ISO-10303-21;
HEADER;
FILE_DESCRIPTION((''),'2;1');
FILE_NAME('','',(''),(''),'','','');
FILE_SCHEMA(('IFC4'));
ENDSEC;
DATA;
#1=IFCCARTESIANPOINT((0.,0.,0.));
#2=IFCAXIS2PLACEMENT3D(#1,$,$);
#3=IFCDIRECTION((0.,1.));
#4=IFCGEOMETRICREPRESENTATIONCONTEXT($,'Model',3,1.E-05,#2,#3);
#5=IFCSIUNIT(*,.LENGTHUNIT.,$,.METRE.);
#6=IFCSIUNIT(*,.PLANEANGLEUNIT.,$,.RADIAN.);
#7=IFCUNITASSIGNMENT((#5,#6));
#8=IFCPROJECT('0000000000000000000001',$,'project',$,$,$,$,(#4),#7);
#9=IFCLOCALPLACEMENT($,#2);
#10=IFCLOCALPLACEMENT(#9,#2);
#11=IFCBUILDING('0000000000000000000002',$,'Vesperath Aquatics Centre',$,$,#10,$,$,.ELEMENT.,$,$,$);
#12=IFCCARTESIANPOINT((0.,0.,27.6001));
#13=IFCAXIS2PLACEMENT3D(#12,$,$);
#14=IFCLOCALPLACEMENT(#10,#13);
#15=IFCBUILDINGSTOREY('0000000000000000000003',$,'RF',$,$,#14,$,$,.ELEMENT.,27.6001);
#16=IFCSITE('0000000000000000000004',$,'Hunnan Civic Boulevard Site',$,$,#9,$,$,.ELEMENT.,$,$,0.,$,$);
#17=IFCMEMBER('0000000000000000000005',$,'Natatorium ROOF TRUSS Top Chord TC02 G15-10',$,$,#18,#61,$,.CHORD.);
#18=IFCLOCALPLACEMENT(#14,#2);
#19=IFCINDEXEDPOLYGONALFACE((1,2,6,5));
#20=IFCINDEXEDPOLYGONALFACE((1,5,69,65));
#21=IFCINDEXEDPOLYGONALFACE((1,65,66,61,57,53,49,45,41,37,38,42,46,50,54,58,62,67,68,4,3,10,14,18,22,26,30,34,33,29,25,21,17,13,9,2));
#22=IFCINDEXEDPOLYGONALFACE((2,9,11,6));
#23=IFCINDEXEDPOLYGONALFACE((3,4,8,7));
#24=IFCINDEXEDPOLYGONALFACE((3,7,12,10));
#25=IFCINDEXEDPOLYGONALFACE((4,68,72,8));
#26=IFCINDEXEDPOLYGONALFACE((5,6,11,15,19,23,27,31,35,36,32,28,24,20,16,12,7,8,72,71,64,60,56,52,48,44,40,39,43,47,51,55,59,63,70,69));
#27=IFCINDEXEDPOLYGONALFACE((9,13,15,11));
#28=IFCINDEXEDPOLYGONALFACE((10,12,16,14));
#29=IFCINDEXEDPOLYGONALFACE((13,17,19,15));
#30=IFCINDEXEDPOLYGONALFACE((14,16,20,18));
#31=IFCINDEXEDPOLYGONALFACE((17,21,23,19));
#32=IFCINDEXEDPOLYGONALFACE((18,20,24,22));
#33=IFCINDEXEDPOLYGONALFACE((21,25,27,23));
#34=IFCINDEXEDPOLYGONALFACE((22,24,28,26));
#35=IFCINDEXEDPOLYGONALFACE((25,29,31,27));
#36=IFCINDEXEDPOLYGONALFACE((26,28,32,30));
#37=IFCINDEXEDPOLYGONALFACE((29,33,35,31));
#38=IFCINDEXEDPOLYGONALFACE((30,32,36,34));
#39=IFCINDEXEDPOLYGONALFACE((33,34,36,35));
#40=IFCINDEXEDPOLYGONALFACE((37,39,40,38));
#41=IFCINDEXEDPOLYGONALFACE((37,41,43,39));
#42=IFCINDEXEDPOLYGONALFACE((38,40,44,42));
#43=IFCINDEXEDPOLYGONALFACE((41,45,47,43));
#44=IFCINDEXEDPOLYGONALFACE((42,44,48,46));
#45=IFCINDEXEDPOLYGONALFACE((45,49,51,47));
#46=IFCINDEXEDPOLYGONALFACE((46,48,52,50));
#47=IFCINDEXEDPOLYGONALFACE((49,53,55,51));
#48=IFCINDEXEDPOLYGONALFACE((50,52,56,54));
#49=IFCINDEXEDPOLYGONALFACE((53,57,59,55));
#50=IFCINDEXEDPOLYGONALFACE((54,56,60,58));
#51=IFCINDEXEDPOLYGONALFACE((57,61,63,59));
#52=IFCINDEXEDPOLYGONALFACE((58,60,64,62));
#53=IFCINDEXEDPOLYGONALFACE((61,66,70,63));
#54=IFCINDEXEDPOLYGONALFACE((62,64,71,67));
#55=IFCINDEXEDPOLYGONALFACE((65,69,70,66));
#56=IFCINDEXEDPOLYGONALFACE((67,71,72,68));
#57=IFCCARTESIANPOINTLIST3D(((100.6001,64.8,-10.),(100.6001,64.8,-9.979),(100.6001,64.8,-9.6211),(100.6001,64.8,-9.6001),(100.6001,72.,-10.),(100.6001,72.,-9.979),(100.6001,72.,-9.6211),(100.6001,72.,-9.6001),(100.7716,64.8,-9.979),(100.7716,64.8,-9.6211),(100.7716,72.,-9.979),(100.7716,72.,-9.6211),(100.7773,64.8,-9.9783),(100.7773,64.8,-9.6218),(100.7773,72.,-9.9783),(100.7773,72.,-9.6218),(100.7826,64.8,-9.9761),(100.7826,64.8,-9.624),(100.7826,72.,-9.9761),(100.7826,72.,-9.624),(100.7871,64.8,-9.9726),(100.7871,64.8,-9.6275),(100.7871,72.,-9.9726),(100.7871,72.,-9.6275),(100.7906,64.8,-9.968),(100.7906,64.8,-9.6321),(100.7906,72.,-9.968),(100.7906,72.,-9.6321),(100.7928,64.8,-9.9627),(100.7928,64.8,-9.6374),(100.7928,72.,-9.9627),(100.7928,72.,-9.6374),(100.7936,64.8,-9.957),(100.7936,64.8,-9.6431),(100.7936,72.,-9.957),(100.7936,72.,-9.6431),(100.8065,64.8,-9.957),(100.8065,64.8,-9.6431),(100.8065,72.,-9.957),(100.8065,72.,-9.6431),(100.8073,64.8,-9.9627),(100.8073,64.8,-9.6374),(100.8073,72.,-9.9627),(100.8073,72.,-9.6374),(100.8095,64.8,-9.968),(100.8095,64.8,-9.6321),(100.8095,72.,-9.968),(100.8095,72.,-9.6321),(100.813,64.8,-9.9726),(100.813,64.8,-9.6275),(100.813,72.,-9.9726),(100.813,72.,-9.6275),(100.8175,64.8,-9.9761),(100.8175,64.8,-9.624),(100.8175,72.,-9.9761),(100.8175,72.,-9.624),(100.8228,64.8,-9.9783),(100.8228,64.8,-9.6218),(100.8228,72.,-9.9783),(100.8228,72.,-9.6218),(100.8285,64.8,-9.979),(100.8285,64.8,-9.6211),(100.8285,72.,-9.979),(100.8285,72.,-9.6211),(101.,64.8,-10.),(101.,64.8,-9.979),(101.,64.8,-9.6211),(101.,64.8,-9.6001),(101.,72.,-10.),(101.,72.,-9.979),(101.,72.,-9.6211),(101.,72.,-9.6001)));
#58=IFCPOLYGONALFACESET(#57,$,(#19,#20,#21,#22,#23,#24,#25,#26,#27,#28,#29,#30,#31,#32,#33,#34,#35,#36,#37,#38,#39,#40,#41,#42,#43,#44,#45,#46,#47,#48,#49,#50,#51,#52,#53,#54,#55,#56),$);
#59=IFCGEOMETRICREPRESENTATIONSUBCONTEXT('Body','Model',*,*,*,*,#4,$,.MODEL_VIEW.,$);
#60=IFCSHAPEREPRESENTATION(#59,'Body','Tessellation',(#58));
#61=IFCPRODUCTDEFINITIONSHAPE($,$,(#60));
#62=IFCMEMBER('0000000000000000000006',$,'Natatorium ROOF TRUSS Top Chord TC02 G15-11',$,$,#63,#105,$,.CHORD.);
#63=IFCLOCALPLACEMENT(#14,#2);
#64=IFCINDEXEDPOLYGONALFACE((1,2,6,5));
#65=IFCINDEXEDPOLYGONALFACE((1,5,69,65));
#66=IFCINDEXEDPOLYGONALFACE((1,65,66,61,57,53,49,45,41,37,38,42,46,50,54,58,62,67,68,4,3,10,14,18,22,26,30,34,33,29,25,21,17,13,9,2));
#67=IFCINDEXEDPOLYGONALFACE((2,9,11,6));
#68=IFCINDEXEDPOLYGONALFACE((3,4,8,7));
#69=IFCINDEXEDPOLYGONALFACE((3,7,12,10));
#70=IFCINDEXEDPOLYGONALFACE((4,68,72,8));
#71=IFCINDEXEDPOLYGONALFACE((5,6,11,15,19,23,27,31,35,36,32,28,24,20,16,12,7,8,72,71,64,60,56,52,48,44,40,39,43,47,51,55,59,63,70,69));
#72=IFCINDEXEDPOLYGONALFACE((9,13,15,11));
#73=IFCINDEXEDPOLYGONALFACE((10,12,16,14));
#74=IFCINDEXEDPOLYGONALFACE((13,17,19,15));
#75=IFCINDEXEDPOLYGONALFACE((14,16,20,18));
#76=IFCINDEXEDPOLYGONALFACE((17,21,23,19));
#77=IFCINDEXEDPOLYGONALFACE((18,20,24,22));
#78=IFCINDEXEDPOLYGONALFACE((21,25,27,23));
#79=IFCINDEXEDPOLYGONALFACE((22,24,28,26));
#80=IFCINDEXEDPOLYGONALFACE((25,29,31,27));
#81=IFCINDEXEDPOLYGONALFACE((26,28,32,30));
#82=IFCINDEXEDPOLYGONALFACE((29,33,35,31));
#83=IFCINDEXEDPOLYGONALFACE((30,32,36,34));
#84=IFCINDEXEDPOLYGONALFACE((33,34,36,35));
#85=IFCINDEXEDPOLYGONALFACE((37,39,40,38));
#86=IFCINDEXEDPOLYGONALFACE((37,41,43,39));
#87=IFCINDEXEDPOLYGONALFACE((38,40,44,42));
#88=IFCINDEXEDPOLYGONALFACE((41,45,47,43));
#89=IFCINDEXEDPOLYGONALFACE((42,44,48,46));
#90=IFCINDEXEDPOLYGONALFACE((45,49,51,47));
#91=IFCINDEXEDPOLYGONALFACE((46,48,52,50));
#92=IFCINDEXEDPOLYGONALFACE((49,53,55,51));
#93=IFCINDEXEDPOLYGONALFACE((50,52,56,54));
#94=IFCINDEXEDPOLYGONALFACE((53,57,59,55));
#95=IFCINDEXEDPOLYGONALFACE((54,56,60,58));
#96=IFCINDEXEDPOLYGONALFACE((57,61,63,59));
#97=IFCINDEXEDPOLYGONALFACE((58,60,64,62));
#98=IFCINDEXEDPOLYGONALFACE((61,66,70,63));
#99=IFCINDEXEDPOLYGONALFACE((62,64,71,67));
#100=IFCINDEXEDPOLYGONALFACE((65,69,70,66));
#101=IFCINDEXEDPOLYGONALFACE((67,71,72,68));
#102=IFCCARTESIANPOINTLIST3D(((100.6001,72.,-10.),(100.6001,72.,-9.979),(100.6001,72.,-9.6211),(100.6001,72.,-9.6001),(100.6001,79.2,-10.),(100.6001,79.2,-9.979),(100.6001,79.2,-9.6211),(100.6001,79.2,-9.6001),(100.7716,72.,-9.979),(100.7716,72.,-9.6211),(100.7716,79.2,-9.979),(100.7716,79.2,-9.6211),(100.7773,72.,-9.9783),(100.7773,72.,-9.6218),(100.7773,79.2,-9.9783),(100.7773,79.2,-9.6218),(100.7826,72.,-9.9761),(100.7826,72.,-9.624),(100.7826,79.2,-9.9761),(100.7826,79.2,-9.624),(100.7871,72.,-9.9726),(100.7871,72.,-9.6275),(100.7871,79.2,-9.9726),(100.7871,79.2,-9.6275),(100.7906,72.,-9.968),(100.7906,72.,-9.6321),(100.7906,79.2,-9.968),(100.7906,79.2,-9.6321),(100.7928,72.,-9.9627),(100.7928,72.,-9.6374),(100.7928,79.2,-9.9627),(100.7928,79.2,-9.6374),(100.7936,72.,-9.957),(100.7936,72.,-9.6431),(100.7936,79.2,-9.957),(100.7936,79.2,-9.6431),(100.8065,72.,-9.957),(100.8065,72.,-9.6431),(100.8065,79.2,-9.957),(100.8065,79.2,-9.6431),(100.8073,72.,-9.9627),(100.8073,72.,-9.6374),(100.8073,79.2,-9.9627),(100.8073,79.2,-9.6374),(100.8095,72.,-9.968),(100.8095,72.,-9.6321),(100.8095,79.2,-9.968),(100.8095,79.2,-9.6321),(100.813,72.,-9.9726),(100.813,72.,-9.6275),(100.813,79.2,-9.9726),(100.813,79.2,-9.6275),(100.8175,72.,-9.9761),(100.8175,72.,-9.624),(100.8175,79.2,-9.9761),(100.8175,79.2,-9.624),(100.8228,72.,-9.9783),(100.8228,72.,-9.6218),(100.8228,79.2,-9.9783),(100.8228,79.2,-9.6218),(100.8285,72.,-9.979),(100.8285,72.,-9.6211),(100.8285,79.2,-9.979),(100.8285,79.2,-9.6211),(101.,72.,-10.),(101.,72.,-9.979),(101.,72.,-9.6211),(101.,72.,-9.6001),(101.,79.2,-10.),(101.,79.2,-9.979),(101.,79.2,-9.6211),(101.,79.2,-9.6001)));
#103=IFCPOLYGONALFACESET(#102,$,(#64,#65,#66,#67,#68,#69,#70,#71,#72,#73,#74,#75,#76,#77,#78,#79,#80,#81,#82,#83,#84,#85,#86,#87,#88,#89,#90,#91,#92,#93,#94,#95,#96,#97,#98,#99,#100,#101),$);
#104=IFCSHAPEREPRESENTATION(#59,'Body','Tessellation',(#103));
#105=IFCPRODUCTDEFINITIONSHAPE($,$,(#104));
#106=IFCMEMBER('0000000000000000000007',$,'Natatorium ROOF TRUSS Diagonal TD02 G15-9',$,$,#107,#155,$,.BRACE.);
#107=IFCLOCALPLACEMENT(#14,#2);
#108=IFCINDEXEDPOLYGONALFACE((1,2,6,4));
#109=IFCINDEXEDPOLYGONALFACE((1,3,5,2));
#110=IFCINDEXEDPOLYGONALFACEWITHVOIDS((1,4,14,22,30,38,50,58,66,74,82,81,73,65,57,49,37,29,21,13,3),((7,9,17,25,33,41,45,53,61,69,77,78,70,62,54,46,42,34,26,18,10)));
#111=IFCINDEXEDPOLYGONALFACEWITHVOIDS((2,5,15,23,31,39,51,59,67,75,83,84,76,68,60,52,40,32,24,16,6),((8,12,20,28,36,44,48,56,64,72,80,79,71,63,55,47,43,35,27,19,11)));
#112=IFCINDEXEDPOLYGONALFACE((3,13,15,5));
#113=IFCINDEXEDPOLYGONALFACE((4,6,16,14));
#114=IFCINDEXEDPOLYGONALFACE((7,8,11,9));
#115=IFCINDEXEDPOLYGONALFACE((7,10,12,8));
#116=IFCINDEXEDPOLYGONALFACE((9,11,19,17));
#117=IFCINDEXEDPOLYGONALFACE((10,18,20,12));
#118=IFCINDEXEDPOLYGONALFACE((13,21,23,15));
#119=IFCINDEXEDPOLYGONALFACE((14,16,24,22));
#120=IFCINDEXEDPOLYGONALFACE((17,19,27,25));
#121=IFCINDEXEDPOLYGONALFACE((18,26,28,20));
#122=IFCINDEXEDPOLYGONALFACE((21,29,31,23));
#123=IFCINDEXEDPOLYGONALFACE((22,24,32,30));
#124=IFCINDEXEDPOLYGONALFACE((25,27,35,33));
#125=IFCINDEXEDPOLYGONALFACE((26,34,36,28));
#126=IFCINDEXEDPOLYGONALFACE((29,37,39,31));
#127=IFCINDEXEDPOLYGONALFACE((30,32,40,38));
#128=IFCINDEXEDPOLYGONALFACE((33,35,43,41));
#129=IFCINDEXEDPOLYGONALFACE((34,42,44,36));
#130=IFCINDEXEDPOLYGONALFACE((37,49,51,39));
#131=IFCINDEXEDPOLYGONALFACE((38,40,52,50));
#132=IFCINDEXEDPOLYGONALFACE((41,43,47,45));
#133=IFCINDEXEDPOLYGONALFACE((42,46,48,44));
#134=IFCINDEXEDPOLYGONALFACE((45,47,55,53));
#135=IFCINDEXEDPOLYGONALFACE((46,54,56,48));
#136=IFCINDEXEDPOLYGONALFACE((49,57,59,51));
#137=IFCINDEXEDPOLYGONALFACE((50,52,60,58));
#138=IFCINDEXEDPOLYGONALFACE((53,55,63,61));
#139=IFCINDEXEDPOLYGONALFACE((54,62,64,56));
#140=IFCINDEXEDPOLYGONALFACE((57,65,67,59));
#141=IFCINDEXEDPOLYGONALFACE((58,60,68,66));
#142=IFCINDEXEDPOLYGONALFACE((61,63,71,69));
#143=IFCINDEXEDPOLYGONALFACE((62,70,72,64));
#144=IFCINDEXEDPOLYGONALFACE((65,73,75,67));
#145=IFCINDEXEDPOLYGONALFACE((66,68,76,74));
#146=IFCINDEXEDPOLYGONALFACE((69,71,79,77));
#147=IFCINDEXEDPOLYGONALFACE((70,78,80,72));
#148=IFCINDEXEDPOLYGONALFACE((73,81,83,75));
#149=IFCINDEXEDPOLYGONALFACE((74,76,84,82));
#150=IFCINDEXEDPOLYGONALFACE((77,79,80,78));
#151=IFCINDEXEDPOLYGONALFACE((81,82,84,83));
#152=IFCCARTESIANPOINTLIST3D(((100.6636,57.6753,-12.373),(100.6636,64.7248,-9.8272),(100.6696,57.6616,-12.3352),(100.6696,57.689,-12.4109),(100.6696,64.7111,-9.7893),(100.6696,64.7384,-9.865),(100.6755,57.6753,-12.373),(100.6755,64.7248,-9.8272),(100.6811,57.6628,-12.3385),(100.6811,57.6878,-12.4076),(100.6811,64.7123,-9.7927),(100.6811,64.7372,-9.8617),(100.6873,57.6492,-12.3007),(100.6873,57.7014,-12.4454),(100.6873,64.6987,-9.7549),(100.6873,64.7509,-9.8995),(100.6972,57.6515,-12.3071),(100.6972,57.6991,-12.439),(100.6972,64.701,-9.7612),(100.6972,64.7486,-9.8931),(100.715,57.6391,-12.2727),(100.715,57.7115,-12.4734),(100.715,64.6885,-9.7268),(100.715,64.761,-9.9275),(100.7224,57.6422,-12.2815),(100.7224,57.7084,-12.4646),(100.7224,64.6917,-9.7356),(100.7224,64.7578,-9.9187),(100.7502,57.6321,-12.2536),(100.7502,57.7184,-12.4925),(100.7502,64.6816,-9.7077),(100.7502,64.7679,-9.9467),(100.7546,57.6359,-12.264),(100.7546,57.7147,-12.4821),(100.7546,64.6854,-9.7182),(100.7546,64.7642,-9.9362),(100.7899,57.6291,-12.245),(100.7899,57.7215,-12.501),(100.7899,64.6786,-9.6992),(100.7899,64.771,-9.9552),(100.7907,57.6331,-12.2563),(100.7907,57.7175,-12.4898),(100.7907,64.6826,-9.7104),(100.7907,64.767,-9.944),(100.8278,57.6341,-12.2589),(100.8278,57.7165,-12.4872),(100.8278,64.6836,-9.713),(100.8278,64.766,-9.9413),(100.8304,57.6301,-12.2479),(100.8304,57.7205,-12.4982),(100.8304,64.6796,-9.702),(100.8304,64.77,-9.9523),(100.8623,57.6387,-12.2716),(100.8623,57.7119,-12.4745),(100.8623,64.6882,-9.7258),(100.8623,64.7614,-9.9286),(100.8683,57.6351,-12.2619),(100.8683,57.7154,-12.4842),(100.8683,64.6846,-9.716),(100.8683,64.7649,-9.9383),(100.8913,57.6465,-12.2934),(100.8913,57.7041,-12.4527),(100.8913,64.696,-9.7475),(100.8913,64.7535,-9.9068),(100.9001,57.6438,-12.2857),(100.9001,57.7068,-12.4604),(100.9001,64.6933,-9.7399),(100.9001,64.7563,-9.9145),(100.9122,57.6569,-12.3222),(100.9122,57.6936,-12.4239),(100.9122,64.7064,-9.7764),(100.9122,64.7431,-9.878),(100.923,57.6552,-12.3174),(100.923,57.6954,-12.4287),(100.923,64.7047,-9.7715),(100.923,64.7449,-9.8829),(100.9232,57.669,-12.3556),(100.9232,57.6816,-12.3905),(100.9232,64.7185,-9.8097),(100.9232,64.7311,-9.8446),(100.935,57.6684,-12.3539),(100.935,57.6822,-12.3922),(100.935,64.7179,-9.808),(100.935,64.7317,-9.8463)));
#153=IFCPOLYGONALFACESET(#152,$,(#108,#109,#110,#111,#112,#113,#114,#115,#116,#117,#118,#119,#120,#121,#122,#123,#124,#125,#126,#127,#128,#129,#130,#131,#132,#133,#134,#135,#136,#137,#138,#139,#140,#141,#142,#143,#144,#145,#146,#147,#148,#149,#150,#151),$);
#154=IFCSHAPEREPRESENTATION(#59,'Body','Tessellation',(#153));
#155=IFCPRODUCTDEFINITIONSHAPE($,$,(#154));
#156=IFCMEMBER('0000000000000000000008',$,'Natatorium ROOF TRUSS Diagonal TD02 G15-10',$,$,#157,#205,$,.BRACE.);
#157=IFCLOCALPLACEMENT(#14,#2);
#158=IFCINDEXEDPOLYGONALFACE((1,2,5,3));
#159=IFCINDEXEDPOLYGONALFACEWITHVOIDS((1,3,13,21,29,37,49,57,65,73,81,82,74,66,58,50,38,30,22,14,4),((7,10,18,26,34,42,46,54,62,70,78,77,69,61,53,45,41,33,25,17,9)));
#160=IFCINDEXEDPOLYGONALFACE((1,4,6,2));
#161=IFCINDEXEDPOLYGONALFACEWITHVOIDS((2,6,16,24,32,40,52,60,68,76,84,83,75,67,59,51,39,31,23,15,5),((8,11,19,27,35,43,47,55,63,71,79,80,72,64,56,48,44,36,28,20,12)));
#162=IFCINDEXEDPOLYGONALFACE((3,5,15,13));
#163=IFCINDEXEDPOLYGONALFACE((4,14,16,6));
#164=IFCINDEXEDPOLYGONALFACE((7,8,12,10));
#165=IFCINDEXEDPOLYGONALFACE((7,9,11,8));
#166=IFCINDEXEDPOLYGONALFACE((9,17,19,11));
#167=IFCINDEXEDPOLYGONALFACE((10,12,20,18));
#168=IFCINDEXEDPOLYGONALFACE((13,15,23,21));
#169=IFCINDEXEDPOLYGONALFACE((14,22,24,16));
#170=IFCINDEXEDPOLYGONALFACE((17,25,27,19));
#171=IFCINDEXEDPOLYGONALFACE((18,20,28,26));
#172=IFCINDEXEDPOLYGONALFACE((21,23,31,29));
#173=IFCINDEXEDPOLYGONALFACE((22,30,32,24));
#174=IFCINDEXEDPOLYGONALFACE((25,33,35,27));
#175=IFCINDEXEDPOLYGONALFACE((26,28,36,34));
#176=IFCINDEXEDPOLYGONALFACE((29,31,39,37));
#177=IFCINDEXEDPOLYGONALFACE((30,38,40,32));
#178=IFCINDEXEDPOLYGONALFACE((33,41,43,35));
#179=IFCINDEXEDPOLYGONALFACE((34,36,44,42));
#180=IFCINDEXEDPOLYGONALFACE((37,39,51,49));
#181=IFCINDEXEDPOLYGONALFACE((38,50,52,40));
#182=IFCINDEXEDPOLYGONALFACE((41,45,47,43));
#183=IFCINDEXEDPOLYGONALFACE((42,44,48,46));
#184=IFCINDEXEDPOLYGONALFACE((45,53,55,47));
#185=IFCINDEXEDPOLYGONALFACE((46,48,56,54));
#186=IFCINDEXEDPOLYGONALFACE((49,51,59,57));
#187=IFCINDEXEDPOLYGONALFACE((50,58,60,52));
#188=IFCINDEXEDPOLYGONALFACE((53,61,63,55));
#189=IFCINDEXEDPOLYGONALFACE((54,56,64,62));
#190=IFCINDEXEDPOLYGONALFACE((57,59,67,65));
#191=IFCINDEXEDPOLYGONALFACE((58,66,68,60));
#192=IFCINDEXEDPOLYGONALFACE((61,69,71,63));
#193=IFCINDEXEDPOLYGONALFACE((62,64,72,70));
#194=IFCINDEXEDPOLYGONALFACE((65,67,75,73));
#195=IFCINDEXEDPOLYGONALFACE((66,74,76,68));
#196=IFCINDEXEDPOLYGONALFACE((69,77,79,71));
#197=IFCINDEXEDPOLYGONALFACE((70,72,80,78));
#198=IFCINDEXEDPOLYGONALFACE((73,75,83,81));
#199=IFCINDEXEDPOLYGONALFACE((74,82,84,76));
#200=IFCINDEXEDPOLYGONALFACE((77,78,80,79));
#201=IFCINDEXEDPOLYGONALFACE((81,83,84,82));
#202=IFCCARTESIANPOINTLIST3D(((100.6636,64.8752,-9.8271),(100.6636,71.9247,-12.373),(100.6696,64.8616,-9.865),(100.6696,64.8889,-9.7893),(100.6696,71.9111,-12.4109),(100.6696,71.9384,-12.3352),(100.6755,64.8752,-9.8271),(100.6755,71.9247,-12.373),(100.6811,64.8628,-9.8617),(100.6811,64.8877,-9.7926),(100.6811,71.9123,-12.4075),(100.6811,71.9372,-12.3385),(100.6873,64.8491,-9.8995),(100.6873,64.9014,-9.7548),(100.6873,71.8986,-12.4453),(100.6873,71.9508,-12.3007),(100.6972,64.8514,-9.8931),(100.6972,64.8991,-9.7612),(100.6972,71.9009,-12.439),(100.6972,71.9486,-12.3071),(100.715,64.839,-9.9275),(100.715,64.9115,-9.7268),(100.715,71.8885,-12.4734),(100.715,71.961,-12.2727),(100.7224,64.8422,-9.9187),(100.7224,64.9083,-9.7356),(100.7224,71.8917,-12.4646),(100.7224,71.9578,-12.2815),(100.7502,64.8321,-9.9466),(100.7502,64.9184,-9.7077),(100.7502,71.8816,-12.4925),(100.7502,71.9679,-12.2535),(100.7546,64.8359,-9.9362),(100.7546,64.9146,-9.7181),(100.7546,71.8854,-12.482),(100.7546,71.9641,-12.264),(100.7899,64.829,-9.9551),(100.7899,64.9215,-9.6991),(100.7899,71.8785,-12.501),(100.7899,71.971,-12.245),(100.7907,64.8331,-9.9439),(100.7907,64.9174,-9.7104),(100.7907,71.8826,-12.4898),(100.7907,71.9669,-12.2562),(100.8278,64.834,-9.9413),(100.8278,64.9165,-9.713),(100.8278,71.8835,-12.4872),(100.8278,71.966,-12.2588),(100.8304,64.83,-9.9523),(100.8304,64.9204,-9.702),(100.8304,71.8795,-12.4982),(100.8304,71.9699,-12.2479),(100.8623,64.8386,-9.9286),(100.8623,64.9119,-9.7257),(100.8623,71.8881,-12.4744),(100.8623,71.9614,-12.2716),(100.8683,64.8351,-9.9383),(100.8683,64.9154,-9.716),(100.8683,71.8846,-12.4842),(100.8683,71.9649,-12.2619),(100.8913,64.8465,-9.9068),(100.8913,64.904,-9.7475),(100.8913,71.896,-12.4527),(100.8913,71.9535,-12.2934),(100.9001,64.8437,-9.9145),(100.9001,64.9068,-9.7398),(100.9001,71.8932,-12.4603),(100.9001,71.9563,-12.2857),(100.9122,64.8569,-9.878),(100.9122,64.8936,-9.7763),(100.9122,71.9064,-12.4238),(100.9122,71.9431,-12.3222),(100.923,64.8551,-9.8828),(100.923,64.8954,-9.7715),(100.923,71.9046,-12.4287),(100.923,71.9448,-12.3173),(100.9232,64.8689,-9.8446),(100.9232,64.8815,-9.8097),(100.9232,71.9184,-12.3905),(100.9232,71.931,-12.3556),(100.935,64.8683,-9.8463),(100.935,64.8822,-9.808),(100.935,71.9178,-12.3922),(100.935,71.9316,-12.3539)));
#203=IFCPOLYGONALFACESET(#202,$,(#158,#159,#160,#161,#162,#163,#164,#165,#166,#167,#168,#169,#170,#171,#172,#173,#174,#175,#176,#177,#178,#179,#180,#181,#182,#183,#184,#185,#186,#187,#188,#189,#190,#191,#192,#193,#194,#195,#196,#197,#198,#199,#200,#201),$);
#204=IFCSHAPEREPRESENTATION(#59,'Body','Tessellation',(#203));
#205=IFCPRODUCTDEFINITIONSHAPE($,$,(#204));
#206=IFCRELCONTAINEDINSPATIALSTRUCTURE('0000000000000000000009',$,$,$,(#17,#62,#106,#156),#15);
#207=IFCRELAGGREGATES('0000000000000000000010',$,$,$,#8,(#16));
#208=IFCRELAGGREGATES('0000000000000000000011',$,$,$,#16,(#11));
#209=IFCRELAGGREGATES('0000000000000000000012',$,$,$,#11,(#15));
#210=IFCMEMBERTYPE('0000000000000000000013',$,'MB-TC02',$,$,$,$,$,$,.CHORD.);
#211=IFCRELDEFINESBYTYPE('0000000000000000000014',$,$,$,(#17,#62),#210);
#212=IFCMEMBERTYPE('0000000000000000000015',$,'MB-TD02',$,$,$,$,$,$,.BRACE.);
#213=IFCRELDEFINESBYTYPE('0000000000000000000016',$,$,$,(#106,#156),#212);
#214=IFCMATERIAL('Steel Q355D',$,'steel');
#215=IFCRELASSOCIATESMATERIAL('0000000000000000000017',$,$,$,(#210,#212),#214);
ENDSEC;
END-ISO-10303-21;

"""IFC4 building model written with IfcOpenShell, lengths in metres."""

from ifc_helpers import new_model, si_unit, direction, frame, origin, origin_2d, place, context, subcontext, project, spatial, hollow_circle, i_section, extrude, material, material_profile, profile_set, type_object, element, save


model = new_model("IFC4")

# Units and contexts
model_context = context("Model", 3, precision=1e-05, world=origin(), true_north=direction((0.0, 1.0)))
body_context = subcontext(model_context, "Body", "Model", "MODEL_VIEW")
ifc_project = project(units=[si_unit("LENGTHUNIT", "METRE"), si_unit("PLANEANGLEUNIT", "RADIAN")], contexts=[model_context])

# Site, building, storey
site_placement = place(None, origin())
site = spatial("IfcSite", under=ifc_project, at=site_placement, Name="Hunnan Civic Boulevard Site", CompositionType="ELEMENT", RefElevation=0.0)
building_placement = place(site_placement, origin())
building = spatial("IfcBuilding", under=site, at=building_placement, Name="Vesperath Aquatics Centre", CompositionType="ELEMENT")
storey_placement = place(building_placement, frame((0.0, 0.0, 27.6001)))
storey = spatial("IfcBuildingStorey", under=building, at=storey_placement, Name="RF", CompositionType="ELEMENT", Elevation=27.6001)

# Shared definitions
ifc_material_1 = material(Name="Steel Q355D", Category="steel")

# Members
ifc_material_profile_1 = material_profile(ifc_material_1, i_section(OverallWidth=0.3999, OverallDepth=0.3999, WebThickness=0.0129, FlangeThickness=0.021, FilletRadius=0.022, at=origin_2d()), Name="HW 400x400x13x21")
ifc_profile_set_1 = profile_set([ifc_material_profile_1], Name="Steel Q355D")
member_type_1 = type_object("IfcMemberType", Name="MB-TC02", PredefinedType="CHORD", material=ifc_profile_set_1)
for number, where, z_axis, x_axis, name in (
    (1, (100.8, 64.8, -9.8), (0.0, 1.0, 0.0), (-1.0, 0.0, 0.0), "Natatorium ROOF TRUSS Top Chord TC02 G15-10"),
    (2, (100.8, 72.0, -9.8), (0.0, 1.0, 0.0), (-1.0, 0.0, 0.0), "Natatorium ROOF TRUSS Top Chord TC02 G15-11"),
):
    element("IfcMember", number, at=place(storey_placement, frame(where, z_axis=z_axis, x_axis=x_axis)), inside=storey, type_object=member_type_1, Name=name, PredefinedType="CHORD", context=body_context, shape_type="SweptSolid", body=[
        extrude(i_section(OverallWidth=0.3999, OverallDepth=0.3999, WebThickness=0.0129, FlangeThickness=0.021, FilletRadius=0.022, at=origin_2d()), origin(), (0.0, 0.0, 1.0), 7.2),
    ])
ifc_material_profile_2 = material_profile(ifc_material_1, hollow_circle(Radius=0.1365, WallThickness=0.012, at=origin_2d()), Name="CHS 273.0x12")
ifc_profile_set_2 = profile_set([ifc_material_profile_2], Name="Steel Q355D")
member_type_2 = type_object("IfcMemberType", Name="MB-TD02", PredefinedType="BRACE", material=ifc_profile_set_2)
for number, where, z_axis, x_axis, name in (
    (3, (100.8, 57.6753, -12.373), (0.0, 0.940544, 0.339671), (-1.0, 0.0, 0.0), "Natatorium ROOF TRUSS Diagonal TD02 G15-9"),
    (4, (100.8, 64.8752, -9.8271), (0.0, 0.940544, -0.339671), (-1.0, 0.0, 0.0), "Natatorium ROOF TRUSS Diagonal TD02 G15-10"),
):
    element("IfcMember", number, at=place(storey_placement, frame(where, z_axis=z_axis, x_axis=x_axis)), inside=storey, type_object=member_type_2, Name=name, PredefinedType="BRACE", context=body_context, shape_type="SweptSolid", body=[
        extrude(hollow_circle(Radius=0.1365, WallThickness=0.012, at=origin_2d()), origin(), (0.0, 0.0, 1.0), 7.4951),
    ])

save(model, "model.ifc")
